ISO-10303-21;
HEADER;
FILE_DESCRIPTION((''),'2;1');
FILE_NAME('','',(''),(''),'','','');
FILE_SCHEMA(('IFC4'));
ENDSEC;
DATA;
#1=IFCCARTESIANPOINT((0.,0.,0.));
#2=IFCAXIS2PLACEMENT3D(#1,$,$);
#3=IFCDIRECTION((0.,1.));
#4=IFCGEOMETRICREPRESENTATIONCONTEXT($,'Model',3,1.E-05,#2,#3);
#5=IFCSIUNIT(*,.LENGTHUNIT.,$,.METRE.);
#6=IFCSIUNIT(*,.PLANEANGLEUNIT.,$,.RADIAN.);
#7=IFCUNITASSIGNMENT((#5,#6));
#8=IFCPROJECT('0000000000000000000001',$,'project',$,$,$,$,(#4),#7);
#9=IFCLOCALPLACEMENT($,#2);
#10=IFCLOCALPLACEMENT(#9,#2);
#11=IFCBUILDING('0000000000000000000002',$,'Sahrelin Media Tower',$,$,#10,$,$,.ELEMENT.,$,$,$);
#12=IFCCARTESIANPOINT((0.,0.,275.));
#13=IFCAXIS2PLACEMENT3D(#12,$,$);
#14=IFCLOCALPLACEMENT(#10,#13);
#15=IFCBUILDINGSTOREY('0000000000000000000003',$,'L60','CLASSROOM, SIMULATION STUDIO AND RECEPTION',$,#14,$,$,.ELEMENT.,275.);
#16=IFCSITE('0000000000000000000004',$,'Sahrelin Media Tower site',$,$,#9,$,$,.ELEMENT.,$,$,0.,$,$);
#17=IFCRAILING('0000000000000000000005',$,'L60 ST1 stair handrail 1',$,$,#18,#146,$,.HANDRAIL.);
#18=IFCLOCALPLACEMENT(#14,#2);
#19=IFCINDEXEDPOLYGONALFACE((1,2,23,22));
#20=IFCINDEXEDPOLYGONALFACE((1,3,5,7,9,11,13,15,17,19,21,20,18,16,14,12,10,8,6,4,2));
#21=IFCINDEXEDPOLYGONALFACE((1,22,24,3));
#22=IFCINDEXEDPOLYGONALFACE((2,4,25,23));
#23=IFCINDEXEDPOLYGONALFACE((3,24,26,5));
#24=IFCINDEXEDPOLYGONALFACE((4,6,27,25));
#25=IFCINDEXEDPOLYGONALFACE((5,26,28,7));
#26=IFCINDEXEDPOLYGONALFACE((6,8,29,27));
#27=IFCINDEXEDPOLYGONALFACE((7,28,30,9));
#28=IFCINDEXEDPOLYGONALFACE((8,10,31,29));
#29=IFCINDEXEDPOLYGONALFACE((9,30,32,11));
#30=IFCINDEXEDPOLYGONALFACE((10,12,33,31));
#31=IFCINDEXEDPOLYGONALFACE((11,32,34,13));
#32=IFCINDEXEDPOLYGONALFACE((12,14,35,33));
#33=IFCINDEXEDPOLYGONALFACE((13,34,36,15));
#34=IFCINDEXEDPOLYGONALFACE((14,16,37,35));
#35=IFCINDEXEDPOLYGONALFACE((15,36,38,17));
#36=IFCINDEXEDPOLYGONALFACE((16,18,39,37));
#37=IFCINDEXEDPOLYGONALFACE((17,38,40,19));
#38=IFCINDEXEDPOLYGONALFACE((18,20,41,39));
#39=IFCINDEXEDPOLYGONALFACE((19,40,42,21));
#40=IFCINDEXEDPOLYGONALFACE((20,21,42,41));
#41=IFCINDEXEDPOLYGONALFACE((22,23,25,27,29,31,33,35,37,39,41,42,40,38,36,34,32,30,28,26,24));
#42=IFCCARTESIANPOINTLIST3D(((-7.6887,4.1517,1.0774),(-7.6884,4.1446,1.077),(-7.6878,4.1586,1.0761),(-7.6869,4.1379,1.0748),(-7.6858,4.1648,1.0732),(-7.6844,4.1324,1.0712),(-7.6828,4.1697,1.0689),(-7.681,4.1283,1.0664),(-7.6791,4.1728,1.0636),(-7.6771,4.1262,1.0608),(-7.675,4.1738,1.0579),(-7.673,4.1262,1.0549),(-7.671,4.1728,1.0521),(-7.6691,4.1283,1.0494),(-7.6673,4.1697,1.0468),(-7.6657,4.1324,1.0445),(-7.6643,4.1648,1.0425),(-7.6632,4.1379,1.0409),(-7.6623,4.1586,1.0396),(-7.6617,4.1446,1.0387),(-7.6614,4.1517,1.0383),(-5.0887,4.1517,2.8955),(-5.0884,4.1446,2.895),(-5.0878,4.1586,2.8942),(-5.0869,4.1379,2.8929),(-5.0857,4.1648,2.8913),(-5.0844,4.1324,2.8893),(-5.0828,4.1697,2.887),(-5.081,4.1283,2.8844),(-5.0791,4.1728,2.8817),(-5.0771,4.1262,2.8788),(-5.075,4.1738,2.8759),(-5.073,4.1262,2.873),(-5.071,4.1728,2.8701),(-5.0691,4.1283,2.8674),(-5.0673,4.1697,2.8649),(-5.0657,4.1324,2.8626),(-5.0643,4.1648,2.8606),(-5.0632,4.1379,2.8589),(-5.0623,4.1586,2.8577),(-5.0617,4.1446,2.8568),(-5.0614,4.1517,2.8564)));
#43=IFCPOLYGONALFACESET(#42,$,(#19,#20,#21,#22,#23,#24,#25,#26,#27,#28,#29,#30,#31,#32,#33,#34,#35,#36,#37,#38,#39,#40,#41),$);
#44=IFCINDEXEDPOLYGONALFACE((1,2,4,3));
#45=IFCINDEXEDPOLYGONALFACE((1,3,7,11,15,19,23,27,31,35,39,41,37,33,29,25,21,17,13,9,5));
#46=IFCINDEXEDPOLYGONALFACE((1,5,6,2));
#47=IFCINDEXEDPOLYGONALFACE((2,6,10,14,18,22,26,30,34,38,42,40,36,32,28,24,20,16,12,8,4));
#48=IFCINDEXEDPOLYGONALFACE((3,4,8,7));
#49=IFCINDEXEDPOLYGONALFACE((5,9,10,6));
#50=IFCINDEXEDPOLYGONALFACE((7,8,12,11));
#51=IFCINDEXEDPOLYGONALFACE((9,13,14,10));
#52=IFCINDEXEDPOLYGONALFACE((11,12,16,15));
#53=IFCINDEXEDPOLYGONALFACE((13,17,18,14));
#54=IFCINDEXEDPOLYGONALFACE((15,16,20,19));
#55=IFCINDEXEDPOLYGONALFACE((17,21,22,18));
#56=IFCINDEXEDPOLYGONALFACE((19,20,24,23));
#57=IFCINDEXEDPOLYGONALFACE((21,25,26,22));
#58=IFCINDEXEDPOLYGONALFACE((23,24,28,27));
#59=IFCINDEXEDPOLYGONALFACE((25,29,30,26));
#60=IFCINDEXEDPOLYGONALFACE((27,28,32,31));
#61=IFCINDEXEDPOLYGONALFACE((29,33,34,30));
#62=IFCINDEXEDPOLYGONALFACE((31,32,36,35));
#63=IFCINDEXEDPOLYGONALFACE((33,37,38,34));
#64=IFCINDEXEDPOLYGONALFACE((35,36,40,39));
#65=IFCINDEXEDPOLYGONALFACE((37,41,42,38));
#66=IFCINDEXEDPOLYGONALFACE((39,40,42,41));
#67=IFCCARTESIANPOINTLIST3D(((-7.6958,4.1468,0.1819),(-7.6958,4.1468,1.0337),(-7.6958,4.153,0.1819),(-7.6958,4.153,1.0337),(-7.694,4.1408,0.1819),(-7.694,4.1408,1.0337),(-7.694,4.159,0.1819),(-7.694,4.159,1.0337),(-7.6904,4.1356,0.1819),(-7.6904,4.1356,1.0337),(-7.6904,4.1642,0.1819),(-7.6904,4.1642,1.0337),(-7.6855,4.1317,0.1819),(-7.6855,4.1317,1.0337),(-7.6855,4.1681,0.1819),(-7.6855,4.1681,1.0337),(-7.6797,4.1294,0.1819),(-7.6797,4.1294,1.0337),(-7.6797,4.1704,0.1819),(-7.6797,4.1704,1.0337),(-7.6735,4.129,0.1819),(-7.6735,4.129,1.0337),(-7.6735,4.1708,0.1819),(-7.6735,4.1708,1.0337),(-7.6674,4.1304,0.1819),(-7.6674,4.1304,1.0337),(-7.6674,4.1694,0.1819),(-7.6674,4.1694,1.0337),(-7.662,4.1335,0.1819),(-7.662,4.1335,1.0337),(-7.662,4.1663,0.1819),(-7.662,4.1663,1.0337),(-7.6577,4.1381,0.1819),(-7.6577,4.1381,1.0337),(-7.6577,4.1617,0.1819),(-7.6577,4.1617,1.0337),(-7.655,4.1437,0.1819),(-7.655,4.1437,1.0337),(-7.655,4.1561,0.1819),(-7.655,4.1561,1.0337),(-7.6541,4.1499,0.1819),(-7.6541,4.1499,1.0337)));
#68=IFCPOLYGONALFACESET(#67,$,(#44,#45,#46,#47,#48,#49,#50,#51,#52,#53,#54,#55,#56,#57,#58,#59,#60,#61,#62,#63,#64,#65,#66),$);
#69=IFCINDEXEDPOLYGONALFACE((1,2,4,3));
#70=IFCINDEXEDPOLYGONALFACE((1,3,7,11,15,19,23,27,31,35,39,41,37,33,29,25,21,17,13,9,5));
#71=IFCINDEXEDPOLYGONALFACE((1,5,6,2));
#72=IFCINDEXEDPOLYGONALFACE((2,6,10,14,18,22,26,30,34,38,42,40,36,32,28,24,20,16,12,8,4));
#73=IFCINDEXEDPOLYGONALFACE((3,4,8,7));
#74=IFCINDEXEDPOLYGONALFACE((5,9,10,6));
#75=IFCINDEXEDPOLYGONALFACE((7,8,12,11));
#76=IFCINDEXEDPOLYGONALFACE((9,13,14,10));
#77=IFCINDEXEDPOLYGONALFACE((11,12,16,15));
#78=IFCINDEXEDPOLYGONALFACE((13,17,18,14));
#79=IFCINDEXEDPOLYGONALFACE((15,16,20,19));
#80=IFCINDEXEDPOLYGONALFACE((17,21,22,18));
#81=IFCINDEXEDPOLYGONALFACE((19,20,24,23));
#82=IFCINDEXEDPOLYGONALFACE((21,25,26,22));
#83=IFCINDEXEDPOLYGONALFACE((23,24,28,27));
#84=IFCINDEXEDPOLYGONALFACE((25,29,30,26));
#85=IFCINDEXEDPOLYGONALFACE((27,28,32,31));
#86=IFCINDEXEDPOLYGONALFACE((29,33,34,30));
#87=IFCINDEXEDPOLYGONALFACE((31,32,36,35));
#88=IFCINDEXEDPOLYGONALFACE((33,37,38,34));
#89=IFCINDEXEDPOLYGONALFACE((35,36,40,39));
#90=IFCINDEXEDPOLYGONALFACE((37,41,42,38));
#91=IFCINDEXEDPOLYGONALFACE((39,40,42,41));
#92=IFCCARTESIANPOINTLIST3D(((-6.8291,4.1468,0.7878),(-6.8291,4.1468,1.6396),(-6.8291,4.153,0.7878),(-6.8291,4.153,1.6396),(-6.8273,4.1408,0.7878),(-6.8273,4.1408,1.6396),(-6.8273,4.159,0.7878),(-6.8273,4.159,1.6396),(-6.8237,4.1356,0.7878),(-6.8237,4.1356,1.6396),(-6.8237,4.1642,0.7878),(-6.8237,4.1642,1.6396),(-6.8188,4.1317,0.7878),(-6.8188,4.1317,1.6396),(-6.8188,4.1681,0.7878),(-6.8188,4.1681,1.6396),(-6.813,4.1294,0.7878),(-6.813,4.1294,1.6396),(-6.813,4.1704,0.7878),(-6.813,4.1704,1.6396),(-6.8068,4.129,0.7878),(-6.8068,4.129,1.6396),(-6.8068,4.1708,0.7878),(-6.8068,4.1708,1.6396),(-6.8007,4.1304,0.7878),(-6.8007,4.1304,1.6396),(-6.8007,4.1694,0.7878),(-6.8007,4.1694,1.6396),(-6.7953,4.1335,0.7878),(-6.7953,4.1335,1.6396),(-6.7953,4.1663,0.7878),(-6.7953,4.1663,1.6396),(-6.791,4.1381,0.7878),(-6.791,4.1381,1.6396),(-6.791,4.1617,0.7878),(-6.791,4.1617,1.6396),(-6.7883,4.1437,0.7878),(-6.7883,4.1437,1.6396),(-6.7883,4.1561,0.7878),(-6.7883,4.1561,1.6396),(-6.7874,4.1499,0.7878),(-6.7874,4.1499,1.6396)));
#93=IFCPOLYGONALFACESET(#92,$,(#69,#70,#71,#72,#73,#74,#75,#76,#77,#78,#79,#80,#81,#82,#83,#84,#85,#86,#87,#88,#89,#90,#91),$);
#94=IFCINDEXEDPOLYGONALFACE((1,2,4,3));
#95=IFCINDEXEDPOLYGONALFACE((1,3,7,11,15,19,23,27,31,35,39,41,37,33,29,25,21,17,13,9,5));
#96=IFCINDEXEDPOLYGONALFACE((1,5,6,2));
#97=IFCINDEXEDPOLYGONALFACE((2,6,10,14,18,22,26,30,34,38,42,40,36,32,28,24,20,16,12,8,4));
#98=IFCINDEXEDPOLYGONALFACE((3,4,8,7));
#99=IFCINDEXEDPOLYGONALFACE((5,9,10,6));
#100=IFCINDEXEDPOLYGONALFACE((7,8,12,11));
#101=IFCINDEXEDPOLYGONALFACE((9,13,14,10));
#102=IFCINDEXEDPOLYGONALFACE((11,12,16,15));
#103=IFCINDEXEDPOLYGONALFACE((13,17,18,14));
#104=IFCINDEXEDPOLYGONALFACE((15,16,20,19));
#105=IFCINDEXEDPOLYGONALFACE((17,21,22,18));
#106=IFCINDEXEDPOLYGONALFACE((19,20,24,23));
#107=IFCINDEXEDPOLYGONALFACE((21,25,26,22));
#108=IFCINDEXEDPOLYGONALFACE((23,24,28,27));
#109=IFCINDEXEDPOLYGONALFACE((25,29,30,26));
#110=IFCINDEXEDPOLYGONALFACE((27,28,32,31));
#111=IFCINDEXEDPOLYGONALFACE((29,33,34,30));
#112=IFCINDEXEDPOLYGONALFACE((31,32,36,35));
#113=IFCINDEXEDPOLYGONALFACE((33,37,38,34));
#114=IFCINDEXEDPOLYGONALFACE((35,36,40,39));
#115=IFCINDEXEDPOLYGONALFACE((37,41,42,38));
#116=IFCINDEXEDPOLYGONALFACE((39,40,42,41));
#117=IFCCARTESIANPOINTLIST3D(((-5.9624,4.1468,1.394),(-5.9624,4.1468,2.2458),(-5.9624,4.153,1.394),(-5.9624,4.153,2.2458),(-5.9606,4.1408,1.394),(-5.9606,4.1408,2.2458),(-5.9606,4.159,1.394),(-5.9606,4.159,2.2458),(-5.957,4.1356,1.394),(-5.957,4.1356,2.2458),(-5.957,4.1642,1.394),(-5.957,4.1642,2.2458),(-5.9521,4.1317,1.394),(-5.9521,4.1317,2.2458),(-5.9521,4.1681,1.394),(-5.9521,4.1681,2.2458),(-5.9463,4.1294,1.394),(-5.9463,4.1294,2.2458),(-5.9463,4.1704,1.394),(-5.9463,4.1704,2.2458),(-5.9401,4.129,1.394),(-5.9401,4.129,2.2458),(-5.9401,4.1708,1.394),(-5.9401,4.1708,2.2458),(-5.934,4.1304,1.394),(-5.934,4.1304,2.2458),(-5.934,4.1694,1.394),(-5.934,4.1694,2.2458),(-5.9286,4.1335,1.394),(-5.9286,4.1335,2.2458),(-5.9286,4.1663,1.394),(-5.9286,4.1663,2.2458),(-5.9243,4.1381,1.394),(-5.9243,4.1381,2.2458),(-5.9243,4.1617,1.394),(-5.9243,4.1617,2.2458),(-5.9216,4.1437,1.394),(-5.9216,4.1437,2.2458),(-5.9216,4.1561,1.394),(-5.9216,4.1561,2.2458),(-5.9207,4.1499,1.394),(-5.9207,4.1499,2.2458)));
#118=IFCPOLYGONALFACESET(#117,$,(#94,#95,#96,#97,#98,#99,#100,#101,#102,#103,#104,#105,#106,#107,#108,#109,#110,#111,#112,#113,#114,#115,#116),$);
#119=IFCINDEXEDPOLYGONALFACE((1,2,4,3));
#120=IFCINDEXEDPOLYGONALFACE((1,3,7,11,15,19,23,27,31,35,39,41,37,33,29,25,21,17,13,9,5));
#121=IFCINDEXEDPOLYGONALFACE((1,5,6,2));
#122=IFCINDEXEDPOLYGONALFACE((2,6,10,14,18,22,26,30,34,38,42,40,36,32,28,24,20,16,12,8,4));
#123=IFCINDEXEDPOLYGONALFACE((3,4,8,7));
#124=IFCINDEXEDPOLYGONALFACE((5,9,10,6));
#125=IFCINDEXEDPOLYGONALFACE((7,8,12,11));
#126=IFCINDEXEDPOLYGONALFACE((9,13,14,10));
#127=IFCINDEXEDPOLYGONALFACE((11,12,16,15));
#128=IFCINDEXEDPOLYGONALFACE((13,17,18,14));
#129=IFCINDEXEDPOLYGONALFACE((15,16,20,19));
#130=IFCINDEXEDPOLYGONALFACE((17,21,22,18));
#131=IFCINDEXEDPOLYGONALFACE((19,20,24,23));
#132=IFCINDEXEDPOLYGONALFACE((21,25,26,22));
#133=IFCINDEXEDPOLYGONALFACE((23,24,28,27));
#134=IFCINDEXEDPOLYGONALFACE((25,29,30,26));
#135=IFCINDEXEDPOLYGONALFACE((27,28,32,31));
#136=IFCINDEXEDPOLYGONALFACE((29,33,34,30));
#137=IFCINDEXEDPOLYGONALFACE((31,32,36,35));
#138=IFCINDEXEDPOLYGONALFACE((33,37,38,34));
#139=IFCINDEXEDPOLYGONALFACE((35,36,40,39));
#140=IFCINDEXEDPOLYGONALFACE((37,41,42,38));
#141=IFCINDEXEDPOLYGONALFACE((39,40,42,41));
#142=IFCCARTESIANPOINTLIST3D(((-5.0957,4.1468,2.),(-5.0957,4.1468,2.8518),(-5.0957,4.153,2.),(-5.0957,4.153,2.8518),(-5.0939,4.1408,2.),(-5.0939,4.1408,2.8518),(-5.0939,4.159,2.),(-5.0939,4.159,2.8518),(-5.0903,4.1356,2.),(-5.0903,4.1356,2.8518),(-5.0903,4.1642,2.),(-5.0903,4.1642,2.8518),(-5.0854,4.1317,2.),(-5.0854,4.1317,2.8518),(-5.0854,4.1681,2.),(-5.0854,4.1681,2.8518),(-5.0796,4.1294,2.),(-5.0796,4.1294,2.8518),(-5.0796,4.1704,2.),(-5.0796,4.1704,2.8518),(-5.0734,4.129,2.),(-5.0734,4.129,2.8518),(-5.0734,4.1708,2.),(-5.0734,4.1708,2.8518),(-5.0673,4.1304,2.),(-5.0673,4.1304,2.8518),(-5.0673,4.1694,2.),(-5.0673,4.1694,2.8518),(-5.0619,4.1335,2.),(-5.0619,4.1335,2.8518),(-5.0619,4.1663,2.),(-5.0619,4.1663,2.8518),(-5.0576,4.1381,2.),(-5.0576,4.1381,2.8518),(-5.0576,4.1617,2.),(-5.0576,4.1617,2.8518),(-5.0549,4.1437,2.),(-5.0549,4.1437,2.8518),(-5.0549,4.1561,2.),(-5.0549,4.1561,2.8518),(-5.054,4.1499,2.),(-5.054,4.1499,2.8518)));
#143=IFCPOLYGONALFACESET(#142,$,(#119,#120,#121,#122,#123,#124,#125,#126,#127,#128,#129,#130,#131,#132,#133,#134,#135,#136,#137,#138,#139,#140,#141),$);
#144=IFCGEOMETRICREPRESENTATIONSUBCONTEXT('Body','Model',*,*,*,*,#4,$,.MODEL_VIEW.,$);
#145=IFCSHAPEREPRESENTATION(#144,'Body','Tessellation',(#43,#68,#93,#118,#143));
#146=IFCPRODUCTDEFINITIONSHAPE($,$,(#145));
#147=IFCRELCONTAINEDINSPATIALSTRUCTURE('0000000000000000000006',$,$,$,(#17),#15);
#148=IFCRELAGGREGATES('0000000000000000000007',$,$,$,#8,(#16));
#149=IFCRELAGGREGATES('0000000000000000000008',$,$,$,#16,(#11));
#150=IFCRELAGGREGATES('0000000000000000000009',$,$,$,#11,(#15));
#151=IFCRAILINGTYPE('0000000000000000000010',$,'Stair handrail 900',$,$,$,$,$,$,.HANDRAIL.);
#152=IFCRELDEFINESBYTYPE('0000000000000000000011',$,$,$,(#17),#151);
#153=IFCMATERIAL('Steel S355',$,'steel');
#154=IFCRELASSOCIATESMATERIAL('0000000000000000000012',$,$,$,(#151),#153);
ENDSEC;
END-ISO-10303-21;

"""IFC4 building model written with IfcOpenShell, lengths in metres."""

from ifc_helpers import new_model, si_unit, direction, frame, origin, origin_2d, place, context, subcontext, project, spatial, circle, extrude, material, type_object, element, save


model = new_model("IFC4")

# Units and contexts
model_context = context("Model", 3, precision=1e-05, world=origin(), true_north=direction((0.0, 1.0)))
body_context = subcontext(model_context, "Body", "Model", "MODEL_VIEW")
ifc_project = project(units=[si_unit("LENGTHUNIT", "METRE"), si_unit("PLANEANGLEUNIT", "RADIAN")], contexts=[model_context])

# Site, building, storey
site_placement = place(None, origin())
site = spatial("IfcSite", under=ifc_project, at=site_placement, Name="Sahrelin Media Tower site", CompositionType="ELEMENT", RefElevation=0.0)
building_placement = place(site_placement, origin())
building = spatial("IfcBuilding", under=site, at=building_placement, Name="Sahrelin Media Tower", CompositionType="ELEMENT")
storey_placement = place(building_placement, frame((0.0, 0.0, 275.0)))
storey = spatial("IfcBuildingStorey", under=building, at=storey_placement, Name="L60", Description="CLASSROOM, SIMULATION STUDIO AND RECEPTION", CompositionType="ELEMENT", Elevation=275.0)

# Shared definitions
ifc_material_1 = material(Name="Steel S355", Category="steel")

# Railing
railing_type_1 = type_object("IfcRailingType", Name="Stair handrail 900", PredefinedType="HANDRAIL", material=ifc_material_1)
railing_1_placement = place(storey_placement, frame((-7.675, 4.1499, 0.1819)))
element("IfcRailing", 1, at=railing_1_placement, inside=storey, type_object=railing_type_1, Name="L60 ST1 stair handrail 1", PredefinedType="HANDRAIL", context=body_context, shape_type="SweptSolid", body=[
    extrude(circle(Radius=0.0239, at=origin_2d()), frame((0.0, 0.0, 0.876), z_axis=(0.819521, 0.0, 0.573049), x_axis=(0.0, 1.0, 0.0)), (0.0, 0.0, 1.0), 3.1726),
    extrude(circle(Radius=0.021, at=origin_2d()), origin(), (0.0, 0.0, 1.0), 0.8518),
    extrude(circle(Radius=0.021, at=origin_2d()), frame((0.8667, 0.0, 0.606)), (0.0, 0.0, 1.0), 0.8518),
    extrude(circle(Radius=0.021, at=origin_2d()), frame((1.7334, 0.0, 1.2122)), (0.0, 0.0, 1.0), 0.8518),
    extrude(circle(Radius=0.021, at=origin_2d()), frame((2.6001, 0.0, 1.8181)), (0.0, 0.0, 1.0), 0.8518),
])

save(model, "model.ifc")
